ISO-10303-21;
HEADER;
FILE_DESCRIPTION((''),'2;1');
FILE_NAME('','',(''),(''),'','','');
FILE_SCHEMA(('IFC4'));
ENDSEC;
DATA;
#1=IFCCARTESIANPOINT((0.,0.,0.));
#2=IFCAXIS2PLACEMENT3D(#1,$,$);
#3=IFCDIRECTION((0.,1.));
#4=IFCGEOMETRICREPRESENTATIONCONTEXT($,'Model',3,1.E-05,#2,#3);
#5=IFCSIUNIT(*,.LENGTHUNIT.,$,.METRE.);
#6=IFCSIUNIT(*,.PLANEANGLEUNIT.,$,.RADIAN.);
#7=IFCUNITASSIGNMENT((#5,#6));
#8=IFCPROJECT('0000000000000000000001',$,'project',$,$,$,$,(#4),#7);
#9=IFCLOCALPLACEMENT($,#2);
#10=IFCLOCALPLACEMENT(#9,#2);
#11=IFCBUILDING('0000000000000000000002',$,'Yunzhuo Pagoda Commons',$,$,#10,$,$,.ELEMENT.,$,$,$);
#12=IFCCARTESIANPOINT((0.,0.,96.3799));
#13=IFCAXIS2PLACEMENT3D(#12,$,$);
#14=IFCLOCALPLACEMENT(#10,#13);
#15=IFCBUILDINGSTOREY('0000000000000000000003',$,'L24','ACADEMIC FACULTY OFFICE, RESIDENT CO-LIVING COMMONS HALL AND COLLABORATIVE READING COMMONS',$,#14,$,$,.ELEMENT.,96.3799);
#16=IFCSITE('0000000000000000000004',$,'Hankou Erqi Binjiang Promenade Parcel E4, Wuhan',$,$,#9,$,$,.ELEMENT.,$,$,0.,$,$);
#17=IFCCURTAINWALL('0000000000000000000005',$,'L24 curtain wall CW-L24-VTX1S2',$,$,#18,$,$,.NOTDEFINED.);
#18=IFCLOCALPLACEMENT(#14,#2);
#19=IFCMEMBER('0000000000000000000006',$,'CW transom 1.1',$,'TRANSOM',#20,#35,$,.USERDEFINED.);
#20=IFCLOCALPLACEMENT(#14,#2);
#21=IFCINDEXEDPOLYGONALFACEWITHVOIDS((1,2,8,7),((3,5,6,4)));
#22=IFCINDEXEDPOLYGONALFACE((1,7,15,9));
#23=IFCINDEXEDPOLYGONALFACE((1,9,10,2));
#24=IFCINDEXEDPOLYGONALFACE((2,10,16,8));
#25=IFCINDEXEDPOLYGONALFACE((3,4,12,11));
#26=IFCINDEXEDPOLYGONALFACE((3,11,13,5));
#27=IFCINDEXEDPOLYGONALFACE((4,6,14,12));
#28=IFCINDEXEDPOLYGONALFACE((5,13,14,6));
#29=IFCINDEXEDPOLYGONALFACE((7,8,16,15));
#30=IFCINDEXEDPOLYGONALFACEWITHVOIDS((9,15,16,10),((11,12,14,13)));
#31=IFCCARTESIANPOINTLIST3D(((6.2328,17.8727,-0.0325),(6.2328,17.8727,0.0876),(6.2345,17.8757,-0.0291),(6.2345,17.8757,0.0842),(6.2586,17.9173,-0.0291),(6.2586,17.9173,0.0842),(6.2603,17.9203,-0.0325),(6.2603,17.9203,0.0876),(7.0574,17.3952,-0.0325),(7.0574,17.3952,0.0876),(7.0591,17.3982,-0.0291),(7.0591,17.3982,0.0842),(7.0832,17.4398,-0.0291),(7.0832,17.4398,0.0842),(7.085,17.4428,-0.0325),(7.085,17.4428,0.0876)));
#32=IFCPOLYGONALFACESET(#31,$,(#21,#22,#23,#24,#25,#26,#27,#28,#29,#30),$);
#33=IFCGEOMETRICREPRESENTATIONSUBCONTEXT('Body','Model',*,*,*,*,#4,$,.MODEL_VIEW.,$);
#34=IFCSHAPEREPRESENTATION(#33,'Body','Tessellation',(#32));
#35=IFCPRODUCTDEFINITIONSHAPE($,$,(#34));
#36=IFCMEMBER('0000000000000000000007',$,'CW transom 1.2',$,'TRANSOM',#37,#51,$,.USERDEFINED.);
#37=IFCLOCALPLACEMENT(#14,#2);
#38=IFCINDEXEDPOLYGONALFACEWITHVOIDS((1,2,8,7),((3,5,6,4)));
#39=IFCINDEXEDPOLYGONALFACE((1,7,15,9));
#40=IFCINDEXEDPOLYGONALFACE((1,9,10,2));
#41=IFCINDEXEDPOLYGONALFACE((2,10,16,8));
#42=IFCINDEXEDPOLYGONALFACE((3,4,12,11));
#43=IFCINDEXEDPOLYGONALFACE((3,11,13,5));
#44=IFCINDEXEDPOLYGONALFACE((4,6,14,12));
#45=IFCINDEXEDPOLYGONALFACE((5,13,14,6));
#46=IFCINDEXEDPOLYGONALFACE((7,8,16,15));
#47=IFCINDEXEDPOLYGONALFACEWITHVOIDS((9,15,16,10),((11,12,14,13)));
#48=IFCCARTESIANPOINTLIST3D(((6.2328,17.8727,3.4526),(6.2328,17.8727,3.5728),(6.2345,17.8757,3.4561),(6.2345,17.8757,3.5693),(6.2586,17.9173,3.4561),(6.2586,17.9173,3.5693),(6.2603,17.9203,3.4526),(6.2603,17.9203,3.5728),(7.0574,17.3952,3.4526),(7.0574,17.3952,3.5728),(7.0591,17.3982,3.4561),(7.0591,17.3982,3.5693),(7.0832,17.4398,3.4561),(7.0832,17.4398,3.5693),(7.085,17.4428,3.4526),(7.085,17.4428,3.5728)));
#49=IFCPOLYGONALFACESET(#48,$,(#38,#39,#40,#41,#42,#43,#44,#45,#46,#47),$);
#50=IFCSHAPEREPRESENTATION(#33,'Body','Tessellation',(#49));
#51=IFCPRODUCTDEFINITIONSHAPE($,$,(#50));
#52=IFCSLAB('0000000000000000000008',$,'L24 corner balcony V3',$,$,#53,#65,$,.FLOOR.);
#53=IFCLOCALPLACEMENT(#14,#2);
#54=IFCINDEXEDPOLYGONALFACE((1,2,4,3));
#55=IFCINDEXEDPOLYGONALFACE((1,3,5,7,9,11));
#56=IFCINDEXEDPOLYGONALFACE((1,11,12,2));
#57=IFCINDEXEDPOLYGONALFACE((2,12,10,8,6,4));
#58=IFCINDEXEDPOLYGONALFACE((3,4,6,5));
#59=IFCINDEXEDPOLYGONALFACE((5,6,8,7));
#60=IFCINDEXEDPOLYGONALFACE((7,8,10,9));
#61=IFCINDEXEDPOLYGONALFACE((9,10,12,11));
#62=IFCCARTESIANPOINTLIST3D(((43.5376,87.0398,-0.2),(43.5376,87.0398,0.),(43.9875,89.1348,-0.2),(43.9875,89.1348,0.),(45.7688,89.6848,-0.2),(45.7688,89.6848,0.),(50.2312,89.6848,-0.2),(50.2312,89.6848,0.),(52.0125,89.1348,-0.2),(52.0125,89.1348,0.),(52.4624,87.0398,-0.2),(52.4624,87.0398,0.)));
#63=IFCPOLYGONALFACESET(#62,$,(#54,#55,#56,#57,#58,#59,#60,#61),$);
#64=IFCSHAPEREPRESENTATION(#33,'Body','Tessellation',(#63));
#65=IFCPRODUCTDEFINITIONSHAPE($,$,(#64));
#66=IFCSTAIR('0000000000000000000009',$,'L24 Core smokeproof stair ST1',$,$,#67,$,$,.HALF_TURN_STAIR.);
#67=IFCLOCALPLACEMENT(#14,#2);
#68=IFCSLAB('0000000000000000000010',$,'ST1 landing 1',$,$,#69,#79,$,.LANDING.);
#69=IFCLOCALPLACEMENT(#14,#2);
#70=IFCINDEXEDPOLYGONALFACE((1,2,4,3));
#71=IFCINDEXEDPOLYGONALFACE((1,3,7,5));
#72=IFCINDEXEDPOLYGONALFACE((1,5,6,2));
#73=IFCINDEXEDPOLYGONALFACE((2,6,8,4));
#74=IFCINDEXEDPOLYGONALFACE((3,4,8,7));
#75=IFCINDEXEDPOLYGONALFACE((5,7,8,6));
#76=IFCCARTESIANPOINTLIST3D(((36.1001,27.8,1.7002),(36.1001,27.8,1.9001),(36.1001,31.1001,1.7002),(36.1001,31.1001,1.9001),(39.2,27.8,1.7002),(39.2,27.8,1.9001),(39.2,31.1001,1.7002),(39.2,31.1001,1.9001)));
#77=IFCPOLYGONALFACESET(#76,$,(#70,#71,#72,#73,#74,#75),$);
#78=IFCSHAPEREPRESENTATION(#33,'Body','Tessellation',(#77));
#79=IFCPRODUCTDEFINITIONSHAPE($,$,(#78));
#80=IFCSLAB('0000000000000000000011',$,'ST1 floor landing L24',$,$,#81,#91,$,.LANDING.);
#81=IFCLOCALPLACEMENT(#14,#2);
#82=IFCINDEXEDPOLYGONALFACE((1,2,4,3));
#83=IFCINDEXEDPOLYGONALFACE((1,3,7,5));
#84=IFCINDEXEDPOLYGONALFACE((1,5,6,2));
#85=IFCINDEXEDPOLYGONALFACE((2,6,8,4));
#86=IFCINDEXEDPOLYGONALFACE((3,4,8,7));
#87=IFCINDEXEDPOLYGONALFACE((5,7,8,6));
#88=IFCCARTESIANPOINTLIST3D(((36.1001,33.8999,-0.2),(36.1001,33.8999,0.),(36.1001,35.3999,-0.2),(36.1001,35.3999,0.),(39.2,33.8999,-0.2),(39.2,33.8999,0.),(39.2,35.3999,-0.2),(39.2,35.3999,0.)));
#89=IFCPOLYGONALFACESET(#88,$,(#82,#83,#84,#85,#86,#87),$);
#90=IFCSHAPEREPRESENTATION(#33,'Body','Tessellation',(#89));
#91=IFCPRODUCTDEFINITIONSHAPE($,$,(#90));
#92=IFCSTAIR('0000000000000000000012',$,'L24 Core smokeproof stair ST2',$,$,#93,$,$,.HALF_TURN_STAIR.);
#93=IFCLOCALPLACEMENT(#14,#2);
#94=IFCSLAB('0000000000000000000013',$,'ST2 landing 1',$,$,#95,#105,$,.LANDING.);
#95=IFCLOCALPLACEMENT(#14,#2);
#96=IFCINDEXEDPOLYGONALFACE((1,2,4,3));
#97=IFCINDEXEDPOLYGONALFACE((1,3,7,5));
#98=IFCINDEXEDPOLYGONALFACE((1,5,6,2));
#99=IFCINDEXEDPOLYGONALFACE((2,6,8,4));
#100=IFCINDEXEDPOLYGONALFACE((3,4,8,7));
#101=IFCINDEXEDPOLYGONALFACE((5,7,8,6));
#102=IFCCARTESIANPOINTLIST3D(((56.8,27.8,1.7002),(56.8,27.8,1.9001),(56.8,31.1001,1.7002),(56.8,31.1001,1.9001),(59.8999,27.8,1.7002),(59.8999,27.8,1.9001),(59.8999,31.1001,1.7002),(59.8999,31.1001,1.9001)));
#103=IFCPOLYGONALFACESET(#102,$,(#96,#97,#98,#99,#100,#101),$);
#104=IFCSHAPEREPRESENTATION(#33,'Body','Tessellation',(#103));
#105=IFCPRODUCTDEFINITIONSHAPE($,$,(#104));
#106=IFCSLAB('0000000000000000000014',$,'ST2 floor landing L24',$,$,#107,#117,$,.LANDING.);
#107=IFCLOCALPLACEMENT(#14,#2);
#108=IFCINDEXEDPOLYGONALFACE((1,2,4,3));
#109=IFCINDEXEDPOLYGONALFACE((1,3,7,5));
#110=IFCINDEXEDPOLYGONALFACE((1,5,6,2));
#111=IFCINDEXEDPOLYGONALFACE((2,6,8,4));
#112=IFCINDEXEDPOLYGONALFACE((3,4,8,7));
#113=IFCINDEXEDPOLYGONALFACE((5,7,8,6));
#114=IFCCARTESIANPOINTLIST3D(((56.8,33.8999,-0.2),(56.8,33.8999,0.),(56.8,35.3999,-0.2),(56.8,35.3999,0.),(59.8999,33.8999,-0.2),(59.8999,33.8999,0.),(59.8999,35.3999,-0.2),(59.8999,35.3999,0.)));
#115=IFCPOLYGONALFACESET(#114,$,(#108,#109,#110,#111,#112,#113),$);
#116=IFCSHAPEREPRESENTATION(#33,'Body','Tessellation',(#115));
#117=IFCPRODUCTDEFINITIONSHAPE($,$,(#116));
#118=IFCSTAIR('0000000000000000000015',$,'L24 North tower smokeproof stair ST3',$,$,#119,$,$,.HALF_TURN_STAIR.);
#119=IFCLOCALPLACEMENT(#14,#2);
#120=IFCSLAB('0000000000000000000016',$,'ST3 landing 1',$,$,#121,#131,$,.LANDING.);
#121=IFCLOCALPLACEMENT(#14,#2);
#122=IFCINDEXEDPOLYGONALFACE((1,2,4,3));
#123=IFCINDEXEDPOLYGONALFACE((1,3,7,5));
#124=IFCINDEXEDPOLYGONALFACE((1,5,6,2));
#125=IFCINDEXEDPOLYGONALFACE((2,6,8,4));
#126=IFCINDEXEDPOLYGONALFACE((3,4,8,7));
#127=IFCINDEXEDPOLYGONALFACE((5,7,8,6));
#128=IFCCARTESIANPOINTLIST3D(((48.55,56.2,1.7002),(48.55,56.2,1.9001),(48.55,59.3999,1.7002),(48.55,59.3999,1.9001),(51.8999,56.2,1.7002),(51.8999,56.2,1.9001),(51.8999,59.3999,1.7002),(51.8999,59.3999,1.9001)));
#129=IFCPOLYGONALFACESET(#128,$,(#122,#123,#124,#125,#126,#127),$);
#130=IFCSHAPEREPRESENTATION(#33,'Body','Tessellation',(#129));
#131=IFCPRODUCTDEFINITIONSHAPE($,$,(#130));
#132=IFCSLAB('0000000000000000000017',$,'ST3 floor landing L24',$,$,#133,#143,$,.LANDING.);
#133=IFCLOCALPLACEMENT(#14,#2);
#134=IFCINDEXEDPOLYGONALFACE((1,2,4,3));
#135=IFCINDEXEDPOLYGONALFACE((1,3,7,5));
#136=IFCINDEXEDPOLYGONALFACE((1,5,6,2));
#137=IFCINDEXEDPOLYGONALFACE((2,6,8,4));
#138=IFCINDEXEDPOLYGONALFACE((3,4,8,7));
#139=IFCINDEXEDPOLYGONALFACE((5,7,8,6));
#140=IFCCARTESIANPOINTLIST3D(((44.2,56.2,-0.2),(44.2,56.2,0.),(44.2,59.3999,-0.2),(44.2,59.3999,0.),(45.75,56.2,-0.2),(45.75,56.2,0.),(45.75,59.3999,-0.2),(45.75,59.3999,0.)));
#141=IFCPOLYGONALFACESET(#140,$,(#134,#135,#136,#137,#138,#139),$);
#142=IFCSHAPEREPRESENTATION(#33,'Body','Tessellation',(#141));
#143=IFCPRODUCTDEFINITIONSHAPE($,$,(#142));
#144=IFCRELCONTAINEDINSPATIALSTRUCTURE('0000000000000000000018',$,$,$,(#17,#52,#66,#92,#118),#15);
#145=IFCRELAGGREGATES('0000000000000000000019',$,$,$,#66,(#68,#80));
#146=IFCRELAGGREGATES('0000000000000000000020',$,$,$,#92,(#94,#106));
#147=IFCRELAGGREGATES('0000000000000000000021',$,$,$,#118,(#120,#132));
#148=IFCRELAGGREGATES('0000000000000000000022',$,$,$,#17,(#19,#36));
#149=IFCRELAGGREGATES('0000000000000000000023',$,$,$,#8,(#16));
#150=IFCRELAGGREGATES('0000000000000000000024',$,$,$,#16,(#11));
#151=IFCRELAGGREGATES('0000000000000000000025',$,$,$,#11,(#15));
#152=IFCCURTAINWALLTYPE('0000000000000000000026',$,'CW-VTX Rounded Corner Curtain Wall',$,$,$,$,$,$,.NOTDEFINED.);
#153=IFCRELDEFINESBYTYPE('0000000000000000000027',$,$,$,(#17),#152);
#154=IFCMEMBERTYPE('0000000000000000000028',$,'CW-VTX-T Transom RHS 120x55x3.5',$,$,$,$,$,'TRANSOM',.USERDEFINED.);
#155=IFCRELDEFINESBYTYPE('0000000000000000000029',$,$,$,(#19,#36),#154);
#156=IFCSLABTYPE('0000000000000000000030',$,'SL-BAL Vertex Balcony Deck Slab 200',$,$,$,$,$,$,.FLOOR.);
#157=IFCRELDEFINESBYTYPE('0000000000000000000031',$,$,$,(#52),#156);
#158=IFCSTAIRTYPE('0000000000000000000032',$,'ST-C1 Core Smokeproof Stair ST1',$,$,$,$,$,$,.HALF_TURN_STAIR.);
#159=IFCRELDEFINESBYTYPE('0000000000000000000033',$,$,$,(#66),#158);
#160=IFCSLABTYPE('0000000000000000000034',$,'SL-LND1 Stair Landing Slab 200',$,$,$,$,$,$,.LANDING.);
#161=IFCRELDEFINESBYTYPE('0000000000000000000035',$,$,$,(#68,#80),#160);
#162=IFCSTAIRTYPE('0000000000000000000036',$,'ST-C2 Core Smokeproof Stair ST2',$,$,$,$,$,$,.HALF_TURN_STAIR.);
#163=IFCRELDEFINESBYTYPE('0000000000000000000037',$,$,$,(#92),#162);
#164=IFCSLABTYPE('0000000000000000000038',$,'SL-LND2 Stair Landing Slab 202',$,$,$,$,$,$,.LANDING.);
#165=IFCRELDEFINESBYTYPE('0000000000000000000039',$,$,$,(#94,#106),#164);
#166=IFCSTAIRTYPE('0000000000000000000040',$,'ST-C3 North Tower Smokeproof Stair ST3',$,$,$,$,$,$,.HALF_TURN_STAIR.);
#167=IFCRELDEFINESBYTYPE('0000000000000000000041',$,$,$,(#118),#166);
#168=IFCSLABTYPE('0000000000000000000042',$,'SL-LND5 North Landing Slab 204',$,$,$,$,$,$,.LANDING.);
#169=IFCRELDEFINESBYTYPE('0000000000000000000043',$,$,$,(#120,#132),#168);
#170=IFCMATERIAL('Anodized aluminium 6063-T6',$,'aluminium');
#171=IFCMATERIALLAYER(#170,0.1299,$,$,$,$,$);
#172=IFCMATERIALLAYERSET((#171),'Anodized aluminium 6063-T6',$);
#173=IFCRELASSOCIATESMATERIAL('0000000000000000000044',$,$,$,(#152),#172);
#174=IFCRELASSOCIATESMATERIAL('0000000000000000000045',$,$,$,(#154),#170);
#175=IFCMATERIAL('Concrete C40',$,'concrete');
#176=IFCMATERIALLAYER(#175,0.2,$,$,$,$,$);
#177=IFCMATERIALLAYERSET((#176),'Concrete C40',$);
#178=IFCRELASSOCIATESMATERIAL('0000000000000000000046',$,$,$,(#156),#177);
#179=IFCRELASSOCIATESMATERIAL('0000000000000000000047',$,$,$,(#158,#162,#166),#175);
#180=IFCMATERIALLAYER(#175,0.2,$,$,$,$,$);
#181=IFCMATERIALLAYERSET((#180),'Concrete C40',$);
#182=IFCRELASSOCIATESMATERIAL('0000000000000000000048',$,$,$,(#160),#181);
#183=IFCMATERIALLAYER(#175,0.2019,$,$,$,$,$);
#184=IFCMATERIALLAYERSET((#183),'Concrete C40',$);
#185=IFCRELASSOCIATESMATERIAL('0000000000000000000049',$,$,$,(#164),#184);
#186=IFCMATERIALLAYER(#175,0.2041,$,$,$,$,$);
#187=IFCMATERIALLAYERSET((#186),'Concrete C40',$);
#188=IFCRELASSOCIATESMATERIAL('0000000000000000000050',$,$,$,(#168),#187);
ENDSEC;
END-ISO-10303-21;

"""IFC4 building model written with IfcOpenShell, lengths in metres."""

from ifc_helpers import new_model, si_unit, direction, frame, origin, origin_2d, place, context, subcontext, project, spatial, polyline, hollow_rectangle, outline, extrude, source, transform, mapped, material, layer, layer_set, material_profile, profile_set, type_object, element, aggregate, save


model = new_model("IFC4")

# Units and contexts
model_context = context("Model", 3, precision=1e-05, world=origin(), true_north=direction((0.0, 1.0)))
body_context = subcontext(model_context, "Body", "Model", "MODEL_VIEW")
ifc_project = project(units=[si_unit("LENGTHUNIT", "METRE"), si_unit("PLANEANGLEUNIT", "RADIAN")], contexts=[model_context])

# Site, building, storey
site_placement = place(None, origin())
site = spatial("IfcSite", under=ifc_project, at=site_placement, Name="Hankou Erqi Binjiang Promenade Parcel E4, Wuhan", CompositionType="ELEMENT", RefElevation=0.0)
building_placement = place(site_placement, origin())
building = spatial("IfcBuilding", under=site, at=building_placement, Name="Yunzhuo Pagoda Commons", CompositionType="ELEMENT")
storey_placement = place(building_placement, frame((0.0, 0.0, 96.3799)))
storey = spatial("IfcBuildingStorey", under=building, at=storey_placement, Name="L24", Description="ACADEMIC FACULTY OFFICE, RESIDENT CO-LIVING COMMONS HALL AND COLLABORATIVE READING COMMONS", CompositionType="ELEMENT", Elevation=96.3799)

# Curtain wall
ifc_material_1 = material(Name="Anodized aluminium 6063-T6", Category="aluminium")
ifc_layer_1 = layer(ifc_material_1, 0.1299)
ifc_layer_set_1 = layer_set([ifc_layer_1], Name="Anodized aluminium 6063-T6")
curtain_wall_type = type_object("IfcCurtainWallType", Name="CW-VTX Rounded Corner Curtain Wall", PredefinedType="NOTDEFINED", material=ifc_layer_set_1)
curtain_wall_1_placement = place(storey_placement, origin())
curtain_wall_1 = element("IfcCurtainWall", 1, at=curtain_wall_1_placement, inside=storey, type_object=curtain_wall_type, Name="L24 curtain wall CW-L24-VTX1S2", PredefinedType="NOTDEFINED")
ifc_material_profile_1 = material_profile(ifc_material_1, hollow_rectangle(XDim=0.0549, YDim=0.1201, WallThickness=0.0034, at=origin_2d()), Name="Anodized aluminium 6063-T6")
ifc_profile_set_1 = profile_set([ifc_material_profile_1], Name="Anodized aluminium 6063-T6")
member_type_1 = type_object("IfcMemberType", Name="CW-VTX-T Transom RHS 120x55x3.5", ElementType="TRANSOM", PredefinedType="USERDEFINED", material=ifc_profile_set_1)

# Shared definitions
shared_shape_1 = source(origin(), body_context, "Body", "SweptSolid", [
    extrude(hollow_rectangle(XDim=0.0549, YDim=0.1201, WallThickness=0.0034, at=origin_2d()), origin(), (0.0, 0.0, 1.0), 0.9529),
])

# Members
member_1_placement = place(storey_placement, frame((6.2466, 17.8965, 0.0276), z_axis=(0.865391, -0.501097, 0.0), x_axis=(0.501097, 0.865391, 0.0)))
member_1 = element("IfcMember", 2, at=member_1_placement, type_object=member_type_1, Name="CW transom 1.1", ObjectType="TRANSOM", PredefinedType="USERDEFINED", context=body_context, shape_type="MappedRepresentation", body=[
    mapped(shared_shape_1, transform((0.0, 0.0, 0.0), scale=1.0)),
])
member_2_placement = place(storey_placement, frame((6.2466, 17.8965, 3.5127), z_axis=(0.865391, -0.501097, 0.0), x_axis=(0.501097, 0.865391, 0.0)))
member_2 = element("IfcMember", 3, at=member_2_placement, type_object=member_type_1, Name="CW transom 1.2", ObjectType="TRANSOM", PredefinedType="USERDEFINED", context=body_context, shape_type="MappedRepresentation", body=[
    mapped(shared_shape_1, transform((0.0, 0.0, 0.0), scale=1.0)),
])

# Slab
ifc_material_2 = material(Name="Concrete C40", Category="concrete")
ifc_layer_2 = layer(ifc_material_2, 0.2)
ifc_layer_set_2 = layer_set([ifc_layer_2], Name="Concrete C40")
slab_type_1 = type_object("IfcSlabType", Name="SL-BAL Vertex Balcony Deck Slab 200", PredefinedType="FLOOR", material=ifc_layer_set_2)
slab_1_placement = place(storey_placement, frame((0.0, 0.0, -0.2)))
element("IfcSlab", 4, at=slab_1_placement, inside=storey, type_object=slab_type_1, Name="L24 corner balcony V3", PredefinedType="FLOOR", context=body_context, shape_type="SweptSolid", body=[
    extrude(outline(polyline([(52.4624, 87.0398), (43.5376, 87.0398), (43.9875, 89.1348), (45.7688, 89.6848), (50.2312, 89.6848), (52.0125, 89.1348), (52.4624, 87.0398)])), origin(), (0.0, 0.0, 1.0), 0.2),
])

# Stairs, slabs
stair_type_1 = type_object("IfcStairType", Name="ST-C1 Core Smokeproof Stair ST1", PredefinedType="HALF_TURN_STAIR", material=ifc_material_2)
stair_1_placement = place(storey_placement, origin())
stair_1 = element("IfcStair", 5, at=stair_1_placement, inside=storey, type_object=stair_type_1, Name="L24 Core smokeproof stair ST1", PredefinedType="HALF_TURN_STAIR")
ifc_layer_3 = layer(ifc_material_2, 0.2)
ifc_layer_set_3 = layer_set([ifc_layer_3], Name="Concrete C40")
slab_type_2 = type_object("IfcSlabType", Name="SL-LND1 Stair Landing Slab 200", PredefinedType="LANDING", material=ifc_layer_set_3)
slab_2_placement = place(storey_placement, frame((0.0, 0.0, 1.7002)))
slab_2 = element("IfcSlab", 6, at=slab_2_placement, type_object=slab_type_2, Name="ST1 landing 1", PredefinedType="LANDING", context=body_context, shape_type="SweptSolid", body=[
    extrude(outline(polyline([(36.1001, 31.1001), (36.1001, 27.8), (39.2, 27.8), (39.2, 31.1001), (36.1001, 31.1001)])), origin(), (0.0, 0.0, 1.0), 0.2),
])
slab_3_placement = place(storey_placement, frame((0.0, 0.0, -0.2)))
slab_3 = element("IfcSlab", 7, at=slab_3_placement, type_object=slab_type_2, Name="ST1 floor landing L24", PredefinedType="LANDING", context=body_context, shape_type="SweptSolid", body=[
    extrude(outline(polyline([(36.1001, 35.3999), (36.1001, 33.8999), (39.2, 33.8999), (39.2, 35.3999), (36.1001, 35.3999)])), origin(), (0.0, 0.0, 1.0), 0.2),
])
aggregate(stair_1, [slab_2, slab_3])
stair_type_2 = type_object("IfcStairType", Name="ST-C2 Core Smokeproof Stair ST2", PredefinedType="HALF_TURN_STAIR", material=ifc_material_2)
stair_2_placement = place(storey_placement, origin())
stair_2 = element("IfcStair", 8, at=stair_2_placement, inside=storey, type_object=stair_type_2, Name="L24 Core smokeproof stair ST2", PredefinedType="HALF_TURN_STAIR")
ifc_layer_4 = layer(ifc_material_2, 0.2019)
ifc_layer_set_4 = layer_set([ifc_layer_4], Name="Concrete C40")
slab_type_3 = type_object("IfcSlabType", Name="SL-LND2 Stair Landing Slab 202", PredefinedType="LANDING", material=ifc_layer_set_4)
slab_4_placement = place(storey_placement, frame((0.0, 0.0, 1.7002)))
slab_4 = element("IfcSlab", 9, at=slab_4_placement, type_object=slab_type_3, Name="ST2 landing 1", PredefinedType="LANDING", context=body_context, shape_type="SweptSolid", body=[
    extrude(outline(polyline([(56.8, 31.1001), (56.8, 27.8), (59.8999, 27.8), (59.8999, 31.1001), (56.8, 31.1001)])), origin(), (0.0, 0.0, 1.0), 0.2),
])
slab_5_placement = place(storey_placement, frame((0.0, 0.0, -0.2)))
slab_5 = element("IfcSlab", 10, at=slab_5_placement, type_object=slab_type_3, Name="ST2 floor landing L24", PredefinedType="LANDING", context=body_context, shape_type="SweptSolid", body=[
    extrude(outline(polyline([(56.8, 35.3999), (56.8, 33.8999), (59.8999, 33.8999), (59.8999, 35.3999), (56.8, 35.3999)])), origin(), (0.0, 0.0, 1.0), 0.2),
])
aggregate(stair_2, [slab_4, slab_5])
stair_type_3 = type_object("IfcStairType", Name="ST-C3 North Tower Smokeproof Stair ST3", PredefinedType="HALF_TURN_STAIR", material=ifc_material_2)
stair_3_placement = place(storey_placement, origin())
stair_3 = element("IfcStair", 11, at=stair_3_placement, inside=storey, type_object=stair_type_3, Name="L24 North tower smokeproof stair ST3", PredefinedType="HALF_TURN_STAIR")
ifc_layer_5 = layer(ifc_material_2, 0.2041)
ifc_layer_set_5 = layer_set([ifc_layer_5], Name="Concrete C40")
slab_type_4 = type_object("IfcSlabType", Name="SL-LND5 North Landing Slab 204", PredefinedType="LANDING", material=ifc_layer_set_5)
slab_6_placement = place(storey_placement, frame((0.0, 0.0, 1.7002)))
slab_6 = element("IfcSlab", 12, at=slab_6_placement, type_object=slab_type_4, Name="ST3 landing 1", PredefinedType="LANDING", context=body_context, shape_type="SweptSolid", body=[
    extrude(outline(polyline([(48.55, 56.2), (51.8999, 56.2), (51.8999, 59.3999), (48.55, 59.3999), (48.55, 56.2)])), origin(), (0.0, 0.0, 1.0), 0.2),
])
slab_7_placement = place(storey_placement, frame((0.0, 0.0, -0.2)))
slab_7 = element("IfcSlab", 13, at=slab_7_placement, type_object=slab_type_4, Name="ST3 floor landing L24", PredefinedType="LANDING", context=body_context, shape_type="SweptSolid", body=[
    extrude(outline(polyline([(44.2, 56.2), (45.75, 56.2), (45.75, 59.3999), (44.2, 59.3999), (44.2, 56.2)])), origin(), (0.0, 0.0, 1.0), 0.2),
])
aggregate(stair_3, [slab_6, slab_7])

aggregate(curtain_wall_1, [member_1, member_2])

save(model, "model.ifc")
